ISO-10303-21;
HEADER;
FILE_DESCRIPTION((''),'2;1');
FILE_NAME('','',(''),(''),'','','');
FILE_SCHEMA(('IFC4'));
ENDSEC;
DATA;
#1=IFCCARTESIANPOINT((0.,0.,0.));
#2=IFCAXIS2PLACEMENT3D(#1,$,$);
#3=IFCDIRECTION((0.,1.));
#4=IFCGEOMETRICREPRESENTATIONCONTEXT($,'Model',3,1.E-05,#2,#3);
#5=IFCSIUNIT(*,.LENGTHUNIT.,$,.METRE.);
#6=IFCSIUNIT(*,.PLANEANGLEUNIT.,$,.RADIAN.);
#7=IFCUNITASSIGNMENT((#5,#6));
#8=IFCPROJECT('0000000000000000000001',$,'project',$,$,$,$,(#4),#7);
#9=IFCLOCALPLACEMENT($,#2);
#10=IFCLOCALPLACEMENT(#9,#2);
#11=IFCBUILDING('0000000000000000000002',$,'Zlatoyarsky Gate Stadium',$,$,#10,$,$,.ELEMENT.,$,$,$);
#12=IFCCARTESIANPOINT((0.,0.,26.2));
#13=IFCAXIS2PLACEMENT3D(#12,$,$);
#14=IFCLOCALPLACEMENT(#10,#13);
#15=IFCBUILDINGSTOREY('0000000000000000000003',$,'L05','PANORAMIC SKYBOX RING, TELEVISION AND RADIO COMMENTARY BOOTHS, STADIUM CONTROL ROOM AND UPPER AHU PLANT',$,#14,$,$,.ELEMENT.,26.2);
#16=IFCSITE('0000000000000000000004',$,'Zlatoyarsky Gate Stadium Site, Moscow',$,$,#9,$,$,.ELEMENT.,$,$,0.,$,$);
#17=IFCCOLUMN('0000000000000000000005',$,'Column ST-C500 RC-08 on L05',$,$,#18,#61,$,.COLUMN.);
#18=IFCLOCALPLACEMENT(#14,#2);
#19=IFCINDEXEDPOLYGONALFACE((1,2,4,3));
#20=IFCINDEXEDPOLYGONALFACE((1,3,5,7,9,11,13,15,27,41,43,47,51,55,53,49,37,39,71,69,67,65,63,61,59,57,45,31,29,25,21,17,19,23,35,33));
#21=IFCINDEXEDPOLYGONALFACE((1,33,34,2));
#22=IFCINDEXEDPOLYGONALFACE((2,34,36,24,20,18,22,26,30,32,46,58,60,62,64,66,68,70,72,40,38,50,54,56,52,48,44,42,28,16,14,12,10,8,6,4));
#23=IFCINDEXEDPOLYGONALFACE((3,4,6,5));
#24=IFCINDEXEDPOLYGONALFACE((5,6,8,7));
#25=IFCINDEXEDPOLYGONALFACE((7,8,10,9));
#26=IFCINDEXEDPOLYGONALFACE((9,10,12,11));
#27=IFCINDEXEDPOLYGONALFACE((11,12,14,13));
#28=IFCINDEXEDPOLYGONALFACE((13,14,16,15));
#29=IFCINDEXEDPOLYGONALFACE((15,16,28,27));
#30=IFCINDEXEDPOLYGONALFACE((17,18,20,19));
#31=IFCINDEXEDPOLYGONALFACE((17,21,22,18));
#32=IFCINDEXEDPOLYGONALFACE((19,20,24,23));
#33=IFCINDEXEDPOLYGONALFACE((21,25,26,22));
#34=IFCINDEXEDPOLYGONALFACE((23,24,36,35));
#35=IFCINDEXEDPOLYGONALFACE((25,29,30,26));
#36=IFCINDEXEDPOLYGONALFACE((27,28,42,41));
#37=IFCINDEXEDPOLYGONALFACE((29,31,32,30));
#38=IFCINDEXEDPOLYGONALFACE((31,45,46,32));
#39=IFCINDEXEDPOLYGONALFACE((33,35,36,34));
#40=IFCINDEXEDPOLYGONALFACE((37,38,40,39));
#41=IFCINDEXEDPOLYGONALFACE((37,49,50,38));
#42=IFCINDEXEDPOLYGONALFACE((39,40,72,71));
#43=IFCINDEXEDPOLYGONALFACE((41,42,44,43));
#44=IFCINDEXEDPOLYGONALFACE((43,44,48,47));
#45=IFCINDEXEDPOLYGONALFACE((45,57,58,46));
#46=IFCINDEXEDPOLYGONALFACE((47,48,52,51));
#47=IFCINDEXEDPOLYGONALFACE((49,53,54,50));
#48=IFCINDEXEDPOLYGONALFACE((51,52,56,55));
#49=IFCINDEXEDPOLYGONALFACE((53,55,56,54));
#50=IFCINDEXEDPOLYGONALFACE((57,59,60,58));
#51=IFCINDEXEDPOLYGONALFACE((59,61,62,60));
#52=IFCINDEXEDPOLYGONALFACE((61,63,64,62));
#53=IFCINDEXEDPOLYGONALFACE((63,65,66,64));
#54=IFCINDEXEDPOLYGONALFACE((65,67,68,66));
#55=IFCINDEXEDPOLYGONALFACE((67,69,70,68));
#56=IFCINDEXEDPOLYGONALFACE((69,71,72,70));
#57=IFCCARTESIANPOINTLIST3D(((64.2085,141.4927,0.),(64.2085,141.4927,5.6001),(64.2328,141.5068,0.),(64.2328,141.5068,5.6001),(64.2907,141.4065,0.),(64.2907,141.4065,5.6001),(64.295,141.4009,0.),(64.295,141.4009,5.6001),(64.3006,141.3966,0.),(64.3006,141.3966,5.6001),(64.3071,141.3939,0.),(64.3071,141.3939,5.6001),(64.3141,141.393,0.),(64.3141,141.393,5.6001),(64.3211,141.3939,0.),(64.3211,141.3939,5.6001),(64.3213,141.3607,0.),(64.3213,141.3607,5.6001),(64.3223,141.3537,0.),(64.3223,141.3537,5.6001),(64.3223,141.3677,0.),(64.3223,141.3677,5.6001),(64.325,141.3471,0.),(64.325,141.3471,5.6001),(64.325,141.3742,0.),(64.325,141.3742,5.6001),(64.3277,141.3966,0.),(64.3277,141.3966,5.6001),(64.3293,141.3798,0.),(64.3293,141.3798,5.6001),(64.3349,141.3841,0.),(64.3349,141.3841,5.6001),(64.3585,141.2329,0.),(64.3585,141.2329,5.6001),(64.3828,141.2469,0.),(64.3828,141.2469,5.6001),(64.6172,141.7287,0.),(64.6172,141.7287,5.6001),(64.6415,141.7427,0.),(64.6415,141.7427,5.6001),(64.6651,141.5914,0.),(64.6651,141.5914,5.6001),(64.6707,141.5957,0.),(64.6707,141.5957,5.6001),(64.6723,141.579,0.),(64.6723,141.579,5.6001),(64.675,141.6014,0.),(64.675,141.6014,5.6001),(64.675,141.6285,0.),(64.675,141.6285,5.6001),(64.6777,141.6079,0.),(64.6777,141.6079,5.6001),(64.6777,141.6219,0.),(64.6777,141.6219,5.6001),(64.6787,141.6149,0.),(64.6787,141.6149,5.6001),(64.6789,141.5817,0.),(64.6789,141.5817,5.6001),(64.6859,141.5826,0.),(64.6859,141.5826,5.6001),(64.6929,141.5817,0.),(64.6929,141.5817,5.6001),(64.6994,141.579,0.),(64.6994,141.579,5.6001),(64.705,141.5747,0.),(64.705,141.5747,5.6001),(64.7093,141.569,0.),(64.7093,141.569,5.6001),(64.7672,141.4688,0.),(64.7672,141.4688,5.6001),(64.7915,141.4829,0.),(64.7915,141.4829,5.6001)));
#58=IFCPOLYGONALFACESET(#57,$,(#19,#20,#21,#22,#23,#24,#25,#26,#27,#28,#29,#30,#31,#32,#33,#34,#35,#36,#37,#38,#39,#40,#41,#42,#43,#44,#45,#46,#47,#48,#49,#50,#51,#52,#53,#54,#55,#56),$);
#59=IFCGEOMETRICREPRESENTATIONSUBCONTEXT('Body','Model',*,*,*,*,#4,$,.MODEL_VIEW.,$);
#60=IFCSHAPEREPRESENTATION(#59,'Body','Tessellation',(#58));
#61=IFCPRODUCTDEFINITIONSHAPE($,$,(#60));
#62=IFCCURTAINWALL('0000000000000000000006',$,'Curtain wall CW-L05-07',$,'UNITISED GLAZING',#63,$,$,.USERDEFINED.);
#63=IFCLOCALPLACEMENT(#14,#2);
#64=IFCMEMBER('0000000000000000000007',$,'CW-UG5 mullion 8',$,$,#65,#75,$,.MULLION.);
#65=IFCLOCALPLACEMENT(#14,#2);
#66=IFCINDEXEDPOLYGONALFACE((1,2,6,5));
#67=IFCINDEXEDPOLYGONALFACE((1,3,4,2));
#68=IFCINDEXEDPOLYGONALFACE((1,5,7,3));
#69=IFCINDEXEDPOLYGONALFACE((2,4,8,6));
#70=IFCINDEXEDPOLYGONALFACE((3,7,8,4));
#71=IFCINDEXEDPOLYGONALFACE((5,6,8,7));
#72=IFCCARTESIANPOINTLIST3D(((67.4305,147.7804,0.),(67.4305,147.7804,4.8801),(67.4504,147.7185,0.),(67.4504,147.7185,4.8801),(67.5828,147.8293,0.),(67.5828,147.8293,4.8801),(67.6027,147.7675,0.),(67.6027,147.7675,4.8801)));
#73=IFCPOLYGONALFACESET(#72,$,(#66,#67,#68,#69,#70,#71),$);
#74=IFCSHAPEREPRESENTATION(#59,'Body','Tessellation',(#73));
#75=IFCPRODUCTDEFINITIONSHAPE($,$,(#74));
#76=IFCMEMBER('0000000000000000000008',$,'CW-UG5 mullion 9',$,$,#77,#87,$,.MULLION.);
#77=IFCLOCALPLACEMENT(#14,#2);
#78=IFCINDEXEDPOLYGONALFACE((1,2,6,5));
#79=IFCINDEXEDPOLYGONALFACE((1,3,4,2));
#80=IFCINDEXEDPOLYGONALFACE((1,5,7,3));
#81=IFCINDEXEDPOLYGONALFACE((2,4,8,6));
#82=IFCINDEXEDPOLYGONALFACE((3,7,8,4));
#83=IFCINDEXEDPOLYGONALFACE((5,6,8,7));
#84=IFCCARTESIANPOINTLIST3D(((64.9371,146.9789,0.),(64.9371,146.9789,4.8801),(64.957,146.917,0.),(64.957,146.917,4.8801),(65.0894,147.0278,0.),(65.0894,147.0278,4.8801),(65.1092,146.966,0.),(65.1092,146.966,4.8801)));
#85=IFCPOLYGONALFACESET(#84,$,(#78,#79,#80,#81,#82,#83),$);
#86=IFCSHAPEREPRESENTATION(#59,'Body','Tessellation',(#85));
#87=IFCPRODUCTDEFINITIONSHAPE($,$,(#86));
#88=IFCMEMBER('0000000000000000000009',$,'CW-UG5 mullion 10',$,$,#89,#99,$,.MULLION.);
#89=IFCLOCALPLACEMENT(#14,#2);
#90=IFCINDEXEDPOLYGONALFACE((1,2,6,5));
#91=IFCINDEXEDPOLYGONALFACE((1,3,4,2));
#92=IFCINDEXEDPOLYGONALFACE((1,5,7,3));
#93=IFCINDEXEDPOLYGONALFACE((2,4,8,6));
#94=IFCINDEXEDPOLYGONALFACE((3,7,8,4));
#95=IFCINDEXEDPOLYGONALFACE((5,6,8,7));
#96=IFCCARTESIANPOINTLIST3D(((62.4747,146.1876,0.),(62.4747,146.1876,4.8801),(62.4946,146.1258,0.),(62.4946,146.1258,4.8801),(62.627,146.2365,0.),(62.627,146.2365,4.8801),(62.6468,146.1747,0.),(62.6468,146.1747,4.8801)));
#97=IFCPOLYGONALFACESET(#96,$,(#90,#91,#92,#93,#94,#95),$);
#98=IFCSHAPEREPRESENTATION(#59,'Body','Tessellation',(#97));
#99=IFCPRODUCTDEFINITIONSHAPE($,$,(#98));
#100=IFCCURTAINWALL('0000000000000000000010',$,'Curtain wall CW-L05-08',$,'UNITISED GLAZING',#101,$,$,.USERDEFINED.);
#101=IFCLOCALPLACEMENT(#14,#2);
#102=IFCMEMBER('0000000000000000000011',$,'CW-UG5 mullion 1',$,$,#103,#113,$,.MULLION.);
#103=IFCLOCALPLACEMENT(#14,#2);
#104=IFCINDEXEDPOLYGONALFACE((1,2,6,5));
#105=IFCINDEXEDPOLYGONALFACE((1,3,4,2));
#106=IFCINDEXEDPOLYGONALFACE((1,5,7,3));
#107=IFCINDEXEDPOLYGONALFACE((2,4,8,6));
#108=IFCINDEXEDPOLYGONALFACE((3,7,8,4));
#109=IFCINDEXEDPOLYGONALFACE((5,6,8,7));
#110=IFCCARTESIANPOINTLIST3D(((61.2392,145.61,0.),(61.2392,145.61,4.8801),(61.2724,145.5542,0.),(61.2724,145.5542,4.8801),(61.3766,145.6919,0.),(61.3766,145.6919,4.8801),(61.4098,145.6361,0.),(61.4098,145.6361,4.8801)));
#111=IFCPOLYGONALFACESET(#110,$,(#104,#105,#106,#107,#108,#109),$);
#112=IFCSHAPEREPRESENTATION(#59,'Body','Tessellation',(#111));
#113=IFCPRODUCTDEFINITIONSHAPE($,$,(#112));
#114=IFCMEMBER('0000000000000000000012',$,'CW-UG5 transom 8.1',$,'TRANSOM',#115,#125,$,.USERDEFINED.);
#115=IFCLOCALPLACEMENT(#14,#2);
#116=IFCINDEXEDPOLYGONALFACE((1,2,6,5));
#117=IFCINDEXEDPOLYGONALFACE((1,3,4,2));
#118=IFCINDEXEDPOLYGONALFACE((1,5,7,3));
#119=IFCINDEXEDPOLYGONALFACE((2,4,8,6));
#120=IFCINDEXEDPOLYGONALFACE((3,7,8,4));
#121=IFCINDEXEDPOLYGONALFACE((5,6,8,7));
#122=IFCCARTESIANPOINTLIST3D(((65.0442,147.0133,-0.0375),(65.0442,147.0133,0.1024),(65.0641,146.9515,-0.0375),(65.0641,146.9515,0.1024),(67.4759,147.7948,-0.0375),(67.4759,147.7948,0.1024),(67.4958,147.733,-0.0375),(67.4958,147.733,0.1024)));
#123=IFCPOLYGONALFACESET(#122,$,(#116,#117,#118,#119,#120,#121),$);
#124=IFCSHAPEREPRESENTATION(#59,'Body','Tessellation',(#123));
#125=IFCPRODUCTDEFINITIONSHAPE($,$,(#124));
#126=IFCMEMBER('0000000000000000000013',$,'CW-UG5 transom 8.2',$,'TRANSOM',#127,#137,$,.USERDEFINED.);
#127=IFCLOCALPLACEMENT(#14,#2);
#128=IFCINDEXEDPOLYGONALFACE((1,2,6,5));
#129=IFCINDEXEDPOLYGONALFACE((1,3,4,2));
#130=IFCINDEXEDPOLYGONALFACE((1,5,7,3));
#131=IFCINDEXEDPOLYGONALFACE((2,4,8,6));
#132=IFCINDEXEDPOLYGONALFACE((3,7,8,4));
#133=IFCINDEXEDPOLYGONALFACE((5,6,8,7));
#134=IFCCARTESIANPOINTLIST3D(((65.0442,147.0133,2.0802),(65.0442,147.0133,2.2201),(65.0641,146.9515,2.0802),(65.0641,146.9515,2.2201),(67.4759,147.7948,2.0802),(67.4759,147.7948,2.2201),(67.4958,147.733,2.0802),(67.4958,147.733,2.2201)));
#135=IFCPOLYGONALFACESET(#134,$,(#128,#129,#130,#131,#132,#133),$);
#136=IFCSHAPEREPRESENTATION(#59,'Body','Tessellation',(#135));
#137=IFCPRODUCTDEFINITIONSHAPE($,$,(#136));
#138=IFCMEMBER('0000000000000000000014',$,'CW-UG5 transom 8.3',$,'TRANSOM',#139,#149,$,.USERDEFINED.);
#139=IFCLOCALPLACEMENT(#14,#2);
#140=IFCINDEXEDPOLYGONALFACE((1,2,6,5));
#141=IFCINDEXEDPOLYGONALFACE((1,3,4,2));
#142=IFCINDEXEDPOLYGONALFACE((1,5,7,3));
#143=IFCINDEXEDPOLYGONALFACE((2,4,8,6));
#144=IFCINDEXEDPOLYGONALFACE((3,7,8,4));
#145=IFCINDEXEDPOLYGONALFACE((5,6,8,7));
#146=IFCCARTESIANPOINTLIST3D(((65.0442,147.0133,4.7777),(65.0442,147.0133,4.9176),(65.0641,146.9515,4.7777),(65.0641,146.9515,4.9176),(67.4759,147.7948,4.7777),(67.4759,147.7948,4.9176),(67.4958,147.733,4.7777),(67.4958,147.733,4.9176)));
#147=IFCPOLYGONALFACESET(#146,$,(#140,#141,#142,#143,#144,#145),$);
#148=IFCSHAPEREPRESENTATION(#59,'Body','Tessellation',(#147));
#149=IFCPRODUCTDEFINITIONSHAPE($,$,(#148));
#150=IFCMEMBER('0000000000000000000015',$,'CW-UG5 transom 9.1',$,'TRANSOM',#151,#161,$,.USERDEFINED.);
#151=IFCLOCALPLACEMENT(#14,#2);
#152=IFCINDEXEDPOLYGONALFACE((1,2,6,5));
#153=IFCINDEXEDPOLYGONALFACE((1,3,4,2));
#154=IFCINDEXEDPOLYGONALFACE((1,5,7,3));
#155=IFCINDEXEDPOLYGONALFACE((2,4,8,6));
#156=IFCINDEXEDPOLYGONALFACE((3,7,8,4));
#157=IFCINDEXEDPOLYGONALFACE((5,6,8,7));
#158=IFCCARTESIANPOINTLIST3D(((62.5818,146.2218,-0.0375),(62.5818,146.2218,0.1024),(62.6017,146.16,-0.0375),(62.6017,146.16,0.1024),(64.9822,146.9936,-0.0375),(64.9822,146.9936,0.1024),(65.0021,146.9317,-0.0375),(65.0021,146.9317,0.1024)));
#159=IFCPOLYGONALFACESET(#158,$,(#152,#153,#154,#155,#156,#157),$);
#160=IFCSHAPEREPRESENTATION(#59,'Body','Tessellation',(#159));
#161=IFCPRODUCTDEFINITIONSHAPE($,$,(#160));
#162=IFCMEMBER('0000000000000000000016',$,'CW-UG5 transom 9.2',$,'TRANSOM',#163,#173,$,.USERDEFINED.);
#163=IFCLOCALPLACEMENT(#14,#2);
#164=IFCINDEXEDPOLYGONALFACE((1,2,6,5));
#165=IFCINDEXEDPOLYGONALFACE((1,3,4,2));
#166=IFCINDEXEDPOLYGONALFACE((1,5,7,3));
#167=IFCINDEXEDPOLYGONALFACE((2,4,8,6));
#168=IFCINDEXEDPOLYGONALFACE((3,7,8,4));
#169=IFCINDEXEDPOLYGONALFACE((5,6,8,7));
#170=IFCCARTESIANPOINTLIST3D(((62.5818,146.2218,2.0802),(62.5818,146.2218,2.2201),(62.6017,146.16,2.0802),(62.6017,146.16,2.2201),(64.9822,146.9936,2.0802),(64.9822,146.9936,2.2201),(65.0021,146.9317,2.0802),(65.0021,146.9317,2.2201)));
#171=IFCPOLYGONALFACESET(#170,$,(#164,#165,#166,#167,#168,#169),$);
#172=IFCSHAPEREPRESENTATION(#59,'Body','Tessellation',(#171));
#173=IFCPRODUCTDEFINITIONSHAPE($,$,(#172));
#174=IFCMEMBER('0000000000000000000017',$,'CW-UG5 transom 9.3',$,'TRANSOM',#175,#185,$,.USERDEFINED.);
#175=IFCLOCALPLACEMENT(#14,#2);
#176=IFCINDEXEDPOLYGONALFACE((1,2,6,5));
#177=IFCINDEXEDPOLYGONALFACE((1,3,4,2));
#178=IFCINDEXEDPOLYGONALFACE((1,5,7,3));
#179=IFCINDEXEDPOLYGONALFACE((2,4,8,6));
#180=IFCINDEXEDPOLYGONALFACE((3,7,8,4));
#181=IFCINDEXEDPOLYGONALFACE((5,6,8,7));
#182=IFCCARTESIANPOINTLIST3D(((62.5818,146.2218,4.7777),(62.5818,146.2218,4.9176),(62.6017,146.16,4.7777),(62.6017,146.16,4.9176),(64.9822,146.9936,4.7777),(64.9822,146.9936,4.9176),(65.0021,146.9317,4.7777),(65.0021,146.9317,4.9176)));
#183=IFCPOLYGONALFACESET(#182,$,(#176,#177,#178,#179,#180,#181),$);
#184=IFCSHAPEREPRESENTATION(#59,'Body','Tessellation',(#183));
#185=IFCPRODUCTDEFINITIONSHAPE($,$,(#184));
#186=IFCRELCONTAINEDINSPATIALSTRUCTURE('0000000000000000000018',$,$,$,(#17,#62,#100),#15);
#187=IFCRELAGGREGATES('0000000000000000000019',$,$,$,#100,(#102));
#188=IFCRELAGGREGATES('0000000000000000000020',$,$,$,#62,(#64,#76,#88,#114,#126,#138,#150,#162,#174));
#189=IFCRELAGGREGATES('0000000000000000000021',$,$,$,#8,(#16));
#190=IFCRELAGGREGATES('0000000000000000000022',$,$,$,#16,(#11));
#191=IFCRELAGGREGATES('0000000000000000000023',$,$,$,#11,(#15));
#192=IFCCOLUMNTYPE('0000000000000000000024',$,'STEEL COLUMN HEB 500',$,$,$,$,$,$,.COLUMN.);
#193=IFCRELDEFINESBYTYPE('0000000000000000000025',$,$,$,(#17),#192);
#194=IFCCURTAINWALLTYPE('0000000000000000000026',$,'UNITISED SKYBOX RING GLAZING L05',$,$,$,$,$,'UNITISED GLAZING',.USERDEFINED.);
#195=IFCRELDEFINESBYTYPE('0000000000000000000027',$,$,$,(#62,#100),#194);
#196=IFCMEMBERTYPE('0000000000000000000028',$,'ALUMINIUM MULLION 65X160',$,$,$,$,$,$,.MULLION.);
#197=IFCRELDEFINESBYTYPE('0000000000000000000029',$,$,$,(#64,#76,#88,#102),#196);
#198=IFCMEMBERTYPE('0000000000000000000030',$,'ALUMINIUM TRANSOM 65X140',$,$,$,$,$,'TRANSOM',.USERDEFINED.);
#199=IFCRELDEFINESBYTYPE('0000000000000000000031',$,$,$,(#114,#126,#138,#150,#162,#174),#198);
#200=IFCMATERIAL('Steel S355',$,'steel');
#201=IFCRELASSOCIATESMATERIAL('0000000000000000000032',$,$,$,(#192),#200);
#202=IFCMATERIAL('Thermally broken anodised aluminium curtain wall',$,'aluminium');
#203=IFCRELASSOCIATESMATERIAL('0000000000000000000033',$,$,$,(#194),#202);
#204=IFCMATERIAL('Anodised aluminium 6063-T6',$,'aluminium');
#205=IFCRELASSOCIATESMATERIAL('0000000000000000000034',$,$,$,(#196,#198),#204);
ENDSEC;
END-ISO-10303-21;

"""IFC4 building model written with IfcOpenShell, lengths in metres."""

from ifc_helpers import new_model, si_unit, direction, frame, origin, origin_2d, place, context, subcontext, project, spatial, rectangle, i_section, extrude, material, material_profile, profile_set, type_object, element, aggregate, save


model = new_model("IFC4")

# Units and contexts
model_context = context("Model", 3, precision=1e-05, world=origin(), true_north=direction((0.0, 1.0)))
body_context = subcontext(model_context, "Body", "Model", "MODEL_VIEW")
ifc_project = project(units=[si_unit("LENGTHUNIT", "METRE"), si_unit("PLANEANGLEUNIT", "RADIAN")], contexts=[model_context])

# Site, building, storey
site_placement = place(None, origin())
site = spatial("IfcSite", under=ifc_project, at=site_placement, Name="Zlatoyarsky Gate Stadium Site, Moscow", CompositionType="ELEMENT", RefElevation=0.0)
building_placement = place(site_placement, origin())
building = spatial("IfcBuilding", under=site, at=building_placement, Name="Zlatoyarsky Gate Stadium", CompositionType="ELEMENT")
storey_placement = place(building_placement, frame((0.0, 0.0, 26.2)))
storey = spatial("IfcBuildingStorey", under=building, at=storey_placement, Name="L05", Description="PANORAMIC SKYBOX RING, TELEVISION AND RADIO COMMENTARY BOOTHS, STADIUM CONTROL ROOM AND UPPER AHU PLANT", CompositionType="ELEMENT", Elevation=26.2)

# Column
ifc_material_1 = material(Name="Steel S355", Category="steel")
ifc_material_profile_1 = material_profile(ifc_material_1, i_section(OverallWidth=0.3, OverallDepth=0.5, WebThickness=0.0144, FlangeThickness=0.0281, FilletRadius=0.0271, at=origin_2d()), Name="HEB 500")
ifc_profile_set_1 = profile_set([ifc_material_profile_1], Name="Steel S355")
column_type = type_object("IfcColumnType", Name="STEEL COLUMN HEB 500", PredefinedType="COLUMN", material=ifc_profile_set_1)
column_placement = place(storey_placement, frame((64.5, 141.4878, 0.0), z_axis=(0.0, 0.0, 1.0), x_axis=(-0.5, 0.866025, 0.0)))
element("IfcColumn", 1, at=column_placement, inside=storey, type_object=column_type, Name="Column ST-C500 RC-08 on L05", PredefinedType="COLUMN", context=body_context, shape_type="SweptSolid", body=[
    extrude(i_section(OverallWidth=0.3, OverallDepth=0.5, WebThickness=0.0144, FlangeThickness=0.0281, FilletRadius=0.0271, at=origin_2d()), origin(), (0.0, 0.0, 1.0), 5.6001),
])

# Curtain wall, members
ifc_material_2 = material(Name="Thermally broken anodised aluminium curtain wall", Category="aluminium")
curtain_wall_type = type_object("IfcCurtainWallType", Name="UNITISED SKYBOX RING GLAZING L05", ElementType="UNITISED GLAZING", PredefinedType="USERDEFINED", material=ifc_material_2)
curtain_wall_1_placement = place(storey_placement, origin())
curtain_wall_1 = element("IfcCurtainWall", 2, at=curtain_wall_1_placement, inside=storey, type_object=curtain_wall_type, Name="Curtain wall CW-L05-07", ObjectType="UNITISED GLAZING", PredefinedType="USERDEFINED")
ifc_material_3 = material(Name="Anodised aluminium 6063-T6", Category="aluminium")
ifc_material_profile_2 = material_profile(ifc_material_3, rectangle(XDim=0.0649, YDim=0.1599, at=origin_2d()), Name="ALU 65X160")
ifc_profile_set_2 = profile_set([ifc_material_profile_2], Name="Anodised aluminium 6063-T6")
member_type_1 = type_object("IfcMemberType", Name="ALUMINIUM MULLION 65X160", PredefinedType="MULLION", material=ifc_profile_set_2)
member_1_placement = place(storey_placement, frame((67.5166, 147.7739, 0.0), z_axis=(0.0, 0.0, 1.0), x_axis=(0.305979, -0.952038, 0.0)))
member_1 = element("IfcMember", 3, at=member_1_placement, type_object=member_type_1, Name="CW-UG5 mullion 8", PredefinedType="MULLION", context=body_context, shape_type="SweptSolid", body=[
    extrude(rectangle(XDim=0.0649, YDim=0.1599, at=origin_2d()), origin(), (0.0, 0.0, 1.0), 4.8801),
])
member_2_placement = place(storey_placement, frame((65.0232, 146.9724, 0.0), z_axis=(0.0, 0.0, 1.0), x_axis=(0.305979, -0.952038, 0.0)))
member_2 = element("IfcMember", 4, at=member_2_placement, type_object=member_type_1, Name="CW-UG5 mullion 9", PredefinedType="MULLION", context=body_context, shape_type="SweptSolid", body=[
    extrude(rectangle(XDim=0.0649, YDim=0.1599, at=origin_2d()), origin(), (0.0, 0.0, 1.0), 4.8801),
])
member_3_placement = place(storey_placement, frame((62.5608, 146.1812, 0.0), z_axis=(0.0, 0.0, 1.0), x_axis=(0.305979, -0.952038, 0.0)))
member_3 = element("IfcMember", 5, at=member_3_placement, type_object=member_type_1, Name="CW-UG5 mullion 10", PredefinedType="MULLION", context=body_context, shape_type="SweptSolid", body=[
    extrude(rectangle(XDim=0.0649, YDim=0.1599, at=origin_2d()), origin(), (0.0, 0.0, 1.0), 4.8801),
])

# Curtain wall, member
curtain_wall_2_placement = place(storey_placement, origin())
curtain_wall_2 = element("IfcCurtainWall", 6, at=curtain_wall_2_placement, inside=storey, type_object=curtain_wall_type, Name="Curtain wall CW-L05-08", ObjectType="UNITISED GLAZING", PredefinedType="USERDEFINED")
member_4_placement = place(storey_placement, frame((61.3245, 145.623, 0.0), z_axis=(0.0, 0.0, 1.0), x_axis=(0.511575, -0.859239, 0.0)))
member_4 = element("IfcMember", 7, at=member_4_placement, type_object=member_type_1, Name="CW-UG5 mullion 1", PredefinedType="MULLION", context=body_context, shape_type="SweptSolid", body=[
    extrude(rectangle(XDim=0.0649, YDim=0.1599, at=origin_2d()), origin(), (0.0, 0.0, 1.0), 4.8801),
])

# Members
ifc_material_profile_3 = material_profile(ifc_material_3, rectangle(XDim=0.0649, YDim=0.1399, at=origin_2d()), Name="ALU 65X140")
ifc_profile_set_3 = profile_set([ifc_material_profile_3], Name="Anodised aluminium 6063-T6")
member_type_2 = type_object("IfcMemberType", Name="ALUMINIUM TRANSOM 65X140", ElementType="TRANSOM", PredefinedType="USERDEFINED", material=ifc_profile_set_3)
member_5_placement = place(storey_placement, frame((67.4858, 147.7639, 0.0325), z_axis=(-0.95204, -0.305972, 0.0), x_axis=(0.305972, -0.95204, 0.0)))
member_5 = element("IfcMember", 8, at=member_5_placement, type_object=member_type_2, Name="CW-UG5 transom 8.1", ObjectType="TRANSOM", PredefinedType="USERDEFINED", context=body_context, shape_type="SweptSolid", body=[
    extrude(rectangle(XDim=0.0649, YDim=0.1399, at=origin_2d()), origin(), (0.0, 0.0, 1.0), 2.5542),
])
member_6_placement = place(storey_placement, frame((67.4858, 147.7639, 2.1501), z_axis=(-0.95204, -0.305972, 0.0), x_axis=(0.305972, -0.95204, 0.0)))
member_6 = element("IfcMember", 9, at=member_6_placement, type_object=member_type_2, Name="CW-UG5 transom 8.2", ObjectType="TRANSOM", PredefinedType="USERDEFINED", context=body_context, shape_type="SweptSolid", body=[
    extrude(rectangle(XDim=0.0649, YDim=0.1399, at=origin_2d()), origin(), (0.0, 0.0, 1.0), 2.5542),
])
member_7_placement = place(storey_placement, frame((67.4858, 147.7639, 4.8477), z_axis=(-0.95204, -0.305972, 0.0), x_axis=(0.305972, -0.95204, 0.0)))
member_7 = element("IfcMember", 10, at=member_7_placement, type_object=member_type_2, Name="CW-UG5 transom 8.3", ObjectType="TRANSOM", PredefinedType="USERDEFINED", context=body_context, shape_type="SweptSolid", body=[
    extrude(rectangle(XDim=0.0649, YDim=0.1399, at=origin_2d()), origin(), (0.0, 0.0, 1.0), 2.5542),
])
member_8_placement = place(storey_placement, frame((64.9922, 146.9626, 0.0325), z_axis=(-0.952008, -0.306072, 0.0), x_axis=(0.306072, -0.952008, 0.0)))
member_8 = element("IfcMember", 11, at=member_8_placement, type_object=member_type_2, Name="CW-UG5 transom 9.1", ObjectType="TRANSOM", PredefinedType="USERDEFINED", context=body_context, shape_type="SweptSolid", body=[
    extrude(rectangle(XDim=0.0649, YDim=0.1399, at=origin_2d()), origin(), (0.0, 0.0, 1.0), 2.5215),
])
member_9_placement = place(storey_placement, frame((64.9922, 146.9626, 2.1501), z_axis=(-0.952008, -0.306072, 0.0), x_axis=(0.306072, -0.952008, 0.0)))
member_9 = element("IfcMember", 12, at=member_9_placement, type_object=member_type_2, Name="CW-UG5 transom 9.2", ObjectType="TRANSOM", PredefinedType="USERDEFINED", context=body_context, shape_type="SweptSolid", body=[
    extrude(rectangle(XDim=0.0649, YDim=0.1399, at=origin_2d()), origin(), (0.0, 0.0, 1.0), 2.5215),
])
member_10_placement = place(storey_placement, frame((64.9922, 146.9626, 4.8477), z_axis=(-0.952008, -0.306072, 0.0), x_axis=(0.306072, -0.952008, 0.0)))
member_10 = element("IfcMember", 13, at=member_10_placement, type_object=member_type_2, Name="CW-UG5 transom 9.3", ObjectType="TRANSOM", PredefinedType="USERDEFINED", context=body_context, shape_type="SweptSolid", body=[
    extrude(rectangle(XDim=0.0649, YDim=0.1399, at=origin_2d()), origin(), (0.0, 0.0, 1.0), 2.5215),
])
aggregate(curtain_wall_2, [member_4])

aggregate(curtain_wall_1, [member_1, member_2, member_3, member_5, member_6, member_7, member_8, member_9, member_10])

save(model, "model.ifc")
